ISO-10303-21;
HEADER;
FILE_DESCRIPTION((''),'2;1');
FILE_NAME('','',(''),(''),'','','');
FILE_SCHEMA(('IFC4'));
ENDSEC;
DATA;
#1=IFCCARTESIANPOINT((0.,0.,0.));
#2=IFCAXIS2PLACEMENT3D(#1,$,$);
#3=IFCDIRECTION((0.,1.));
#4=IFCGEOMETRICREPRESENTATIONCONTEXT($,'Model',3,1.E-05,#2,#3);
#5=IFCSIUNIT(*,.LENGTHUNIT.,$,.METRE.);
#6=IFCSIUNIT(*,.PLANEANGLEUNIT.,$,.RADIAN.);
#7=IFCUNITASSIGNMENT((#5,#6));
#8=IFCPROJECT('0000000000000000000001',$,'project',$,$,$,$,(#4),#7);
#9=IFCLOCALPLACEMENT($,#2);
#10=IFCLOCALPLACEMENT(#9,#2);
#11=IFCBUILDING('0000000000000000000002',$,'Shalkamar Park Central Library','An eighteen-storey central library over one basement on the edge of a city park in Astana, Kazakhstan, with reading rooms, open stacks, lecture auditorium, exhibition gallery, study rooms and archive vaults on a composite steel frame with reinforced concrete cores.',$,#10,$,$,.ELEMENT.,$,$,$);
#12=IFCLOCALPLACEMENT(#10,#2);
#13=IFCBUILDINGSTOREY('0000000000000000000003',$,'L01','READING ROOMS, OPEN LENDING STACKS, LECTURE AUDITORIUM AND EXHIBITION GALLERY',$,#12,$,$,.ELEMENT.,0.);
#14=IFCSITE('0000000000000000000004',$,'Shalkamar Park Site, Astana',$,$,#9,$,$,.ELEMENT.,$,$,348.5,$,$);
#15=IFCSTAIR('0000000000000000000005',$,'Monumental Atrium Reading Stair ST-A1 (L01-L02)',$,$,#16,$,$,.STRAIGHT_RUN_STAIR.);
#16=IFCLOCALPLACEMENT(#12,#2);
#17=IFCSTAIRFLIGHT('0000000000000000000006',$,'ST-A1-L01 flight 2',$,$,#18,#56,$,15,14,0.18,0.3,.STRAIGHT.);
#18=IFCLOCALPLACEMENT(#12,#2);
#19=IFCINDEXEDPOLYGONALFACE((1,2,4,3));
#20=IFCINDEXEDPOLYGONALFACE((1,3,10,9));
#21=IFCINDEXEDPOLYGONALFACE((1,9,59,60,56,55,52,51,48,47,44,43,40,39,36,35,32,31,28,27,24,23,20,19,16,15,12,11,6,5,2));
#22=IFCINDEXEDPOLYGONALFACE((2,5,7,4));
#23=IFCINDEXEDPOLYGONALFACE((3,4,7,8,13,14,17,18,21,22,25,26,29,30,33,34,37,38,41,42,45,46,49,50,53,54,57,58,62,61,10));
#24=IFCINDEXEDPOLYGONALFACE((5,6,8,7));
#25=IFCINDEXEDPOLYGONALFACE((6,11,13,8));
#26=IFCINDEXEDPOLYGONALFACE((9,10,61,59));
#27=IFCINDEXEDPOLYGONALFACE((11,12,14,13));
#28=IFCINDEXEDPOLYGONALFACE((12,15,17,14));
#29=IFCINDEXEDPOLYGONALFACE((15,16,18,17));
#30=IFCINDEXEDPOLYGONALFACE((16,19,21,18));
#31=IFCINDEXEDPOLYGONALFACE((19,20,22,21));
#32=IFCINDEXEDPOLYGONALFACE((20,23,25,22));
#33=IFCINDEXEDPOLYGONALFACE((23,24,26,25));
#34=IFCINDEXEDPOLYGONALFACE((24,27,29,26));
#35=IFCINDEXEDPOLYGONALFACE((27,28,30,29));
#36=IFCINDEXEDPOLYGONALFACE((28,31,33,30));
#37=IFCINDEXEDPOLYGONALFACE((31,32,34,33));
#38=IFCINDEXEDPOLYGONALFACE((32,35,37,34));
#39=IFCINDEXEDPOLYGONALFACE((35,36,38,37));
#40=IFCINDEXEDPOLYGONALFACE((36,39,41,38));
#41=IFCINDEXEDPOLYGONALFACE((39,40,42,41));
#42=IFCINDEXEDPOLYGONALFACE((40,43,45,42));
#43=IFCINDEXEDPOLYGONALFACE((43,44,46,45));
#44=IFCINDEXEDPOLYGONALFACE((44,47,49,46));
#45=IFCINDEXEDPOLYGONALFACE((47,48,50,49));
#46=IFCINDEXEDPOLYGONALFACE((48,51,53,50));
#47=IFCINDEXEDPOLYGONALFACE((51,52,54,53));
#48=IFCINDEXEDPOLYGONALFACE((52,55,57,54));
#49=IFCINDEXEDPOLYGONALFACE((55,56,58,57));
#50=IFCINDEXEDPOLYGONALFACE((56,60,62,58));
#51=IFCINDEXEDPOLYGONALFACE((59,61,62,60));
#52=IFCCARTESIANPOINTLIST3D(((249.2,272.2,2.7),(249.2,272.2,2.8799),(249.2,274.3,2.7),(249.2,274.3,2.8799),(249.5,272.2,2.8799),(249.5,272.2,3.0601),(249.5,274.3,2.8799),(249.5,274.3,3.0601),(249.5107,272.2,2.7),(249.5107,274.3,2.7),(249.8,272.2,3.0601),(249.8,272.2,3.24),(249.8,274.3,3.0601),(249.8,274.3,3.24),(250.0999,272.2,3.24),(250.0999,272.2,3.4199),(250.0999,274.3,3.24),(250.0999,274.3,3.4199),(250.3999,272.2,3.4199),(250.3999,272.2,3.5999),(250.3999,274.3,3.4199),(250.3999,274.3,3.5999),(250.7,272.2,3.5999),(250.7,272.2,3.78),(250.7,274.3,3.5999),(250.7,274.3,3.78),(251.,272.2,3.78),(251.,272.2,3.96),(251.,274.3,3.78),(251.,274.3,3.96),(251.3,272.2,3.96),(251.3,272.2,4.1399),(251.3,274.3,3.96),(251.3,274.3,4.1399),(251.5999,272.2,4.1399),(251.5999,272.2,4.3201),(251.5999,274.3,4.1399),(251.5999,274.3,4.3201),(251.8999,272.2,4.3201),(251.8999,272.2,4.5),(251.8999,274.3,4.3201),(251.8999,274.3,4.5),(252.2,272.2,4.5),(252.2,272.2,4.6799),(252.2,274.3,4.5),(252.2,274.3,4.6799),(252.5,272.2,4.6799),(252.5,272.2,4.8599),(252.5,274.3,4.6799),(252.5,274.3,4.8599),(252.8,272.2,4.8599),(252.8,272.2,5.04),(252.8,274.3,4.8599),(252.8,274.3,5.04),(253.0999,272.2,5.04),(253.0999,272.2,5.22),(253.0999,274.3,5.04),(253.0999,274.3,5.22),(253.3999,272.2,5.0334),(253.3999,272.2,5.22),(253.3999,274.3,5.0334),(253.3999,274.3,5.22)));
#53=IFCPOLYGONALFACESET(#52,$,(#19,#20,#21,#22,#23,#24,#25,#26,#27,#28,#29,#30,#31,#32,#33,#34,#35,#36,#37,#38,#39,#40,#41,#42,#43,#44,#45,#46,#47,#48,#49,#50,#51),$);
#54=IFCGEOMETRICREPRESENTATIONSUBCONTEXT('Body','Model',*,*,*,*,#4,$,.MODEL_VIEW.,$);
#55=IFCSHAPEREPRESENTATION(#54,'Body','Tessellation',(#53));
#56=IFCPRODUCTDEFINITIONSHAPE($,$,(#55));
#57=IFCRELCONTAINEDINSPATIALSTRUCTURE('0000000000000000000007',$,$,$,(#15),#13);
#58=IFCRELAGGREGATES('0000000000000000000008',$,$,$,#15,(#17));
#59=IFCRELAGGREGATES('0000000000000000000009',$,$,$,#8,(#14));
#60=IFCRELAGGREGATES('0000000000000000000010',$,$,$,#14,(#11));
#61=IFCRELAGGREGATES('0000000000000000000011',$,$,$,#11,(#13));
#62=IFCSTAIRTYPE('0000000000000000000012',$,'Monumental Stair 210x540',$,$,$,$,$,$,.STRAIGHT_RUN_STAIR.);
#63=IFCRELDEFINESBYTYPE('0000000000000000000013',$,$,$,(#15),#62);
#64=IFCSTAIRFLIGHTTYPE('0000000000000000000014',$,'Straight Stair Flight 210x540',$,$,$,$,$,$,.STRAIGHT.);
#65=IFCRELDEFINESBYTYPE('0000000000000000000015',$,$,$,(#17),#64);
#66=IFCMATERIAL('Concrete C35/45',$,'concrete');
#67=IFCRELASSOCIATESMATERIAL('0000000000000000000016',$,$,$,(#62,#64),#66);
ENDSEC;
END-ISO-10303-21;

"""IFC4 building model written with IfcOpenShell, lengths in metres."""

from ifc_helpers import new_model, si_unit, direction, frame, origin, place, context, subcontext, project, spatial, polyline, outline, extrude, material, type_object, element, aggregate, save


model = new_model("IFC4")

# Units and contexts
model_context = context("Model", 3, precision=1e-05, world=origin(), true_north=direction((0.0, 1.0)))
body_context = subcontext(model_context, "Body", "Model", "MODEL_VIEW")
ifc_project = project(units=[si_unit("LENGTHUNIT", "METRE"), si_unit("PLANEANGLEUNIT", "RADIAN")], contexts=[model_context])

# Site, building, storey
site_placement = place(None, origin())
site = spatial("IfcSite", under=ifc_project, at=site_placement, Name="Shalkamar Park Site, Astana", CompositionType="ELEMENT", RefElevation=348.5)
building_placement = place(site_placement, origin())
building = spatial("IfcBuilding", under=site, at=building_placement, Name="Shalkamar Park Central Library", Description="An eighteen-storey central library over one basement on the edge of a city park in Astana, Kazakhstan, with reading rooms, open stacks, lecture auditorium, exhibition gallery, study rooms and archive vaults on a composite steel frame with reinforced concrete cores.", CompositionType="ELEMENT")
storey_placement = place(building_placement, origin())
storey = spatial("IfcBuildingStorey", under=building, at=storey_placement, Name="L01", Description="READING ROOMS, OPEN LENDING STACKS, LECTURE AUDITORIUM AND EXHIBITION GALLERY", CompositionType="ELEMENT", Elevation=0.0)

# Stair, stair flight
ifc_material_1 = material(Name="Concrete C35/45", Category="concrete")
stair_type = type_object("IfcStairType", Name="Monumental Stair 210x540", PredefinedType="STRAIGHT_RUN_STAIR", material=ifc_material_1)
stair_placement = place(storey_placement, origin())
stair = element("IfcStair", 1, at=stair_placement, inside=storey, type_object=stair_type, Name="Monumental Atrium Reading Stair ST-A1 (L01-L02)", PredefinedType="STRAIGHT_RUN_STAIR")
stair_flight_type = type_object("IfcStairFlightType", Name="Straight Stair Flight 210x540", PredefinedType="STRAIGHT", material=ifc_material_1)
stair_flight_1_placement = place(storey_placement, frame((249.2, 273.25, 2.7), z_axis=(0.0, 0.0, 1.0), x_axis=(1.0, 0.0, 0.0)))
stair_flight_1 = element("IfcStairFlight", 2, at=stair_flight_1_placement, type_object=stair_flight_type, Name="ST-A1-L01 flight 2", NumberOfRisers=15, NumberOfTreads=14, PredefinedType="STRAIGHT", RiserHeight=0.18, TreadLength=0.3, context=body_context, shape_type="SweptSolid", body=[
    extrude(outline(polyline([(0.0, 0.0), (0.0, 0.1799), (0.3, 0.1799), (0.3, 0.3601), (0.6001, 0.3601), (0.6001, 0.54), (0.8999, 0.54), (0.8999, 0.72), (1.2, 0.72), (1.2, 0.8999), (1.5, 0.8999), (1.5, 1.0801), (1.8, 1.0801), (1.8, 1.26), (2.1001, 1.26), (2.1001, 1.4399), (2.3999, 1.4399), (2.3999, 1.6201), (2.7, 1.6201), (2.7, 1.8), (3.0, 1.8), (3.0, 1.98), (3.3, 1.98), (3.3, 2.1599), (3.6001, 2.1599), (3.6001, 2.3401), (3.8999, 2.3401), (3.8999, 2.52), (4.2, 2.52), (4.2, 2.7), (4.2, 2.3335), (0.3108, 0.0), (0.0, 0.0)])), frame((0.0, 1.05, 0.0), z_axis=(0.0, -1.0, 0.0), x_axis=(1.0, 0.0, 0.0)), (0.0, 0.0, 1.0), 2.1001),
])
aggregate(stair, [stair_flight_1])

save(model, "model.ifc")
